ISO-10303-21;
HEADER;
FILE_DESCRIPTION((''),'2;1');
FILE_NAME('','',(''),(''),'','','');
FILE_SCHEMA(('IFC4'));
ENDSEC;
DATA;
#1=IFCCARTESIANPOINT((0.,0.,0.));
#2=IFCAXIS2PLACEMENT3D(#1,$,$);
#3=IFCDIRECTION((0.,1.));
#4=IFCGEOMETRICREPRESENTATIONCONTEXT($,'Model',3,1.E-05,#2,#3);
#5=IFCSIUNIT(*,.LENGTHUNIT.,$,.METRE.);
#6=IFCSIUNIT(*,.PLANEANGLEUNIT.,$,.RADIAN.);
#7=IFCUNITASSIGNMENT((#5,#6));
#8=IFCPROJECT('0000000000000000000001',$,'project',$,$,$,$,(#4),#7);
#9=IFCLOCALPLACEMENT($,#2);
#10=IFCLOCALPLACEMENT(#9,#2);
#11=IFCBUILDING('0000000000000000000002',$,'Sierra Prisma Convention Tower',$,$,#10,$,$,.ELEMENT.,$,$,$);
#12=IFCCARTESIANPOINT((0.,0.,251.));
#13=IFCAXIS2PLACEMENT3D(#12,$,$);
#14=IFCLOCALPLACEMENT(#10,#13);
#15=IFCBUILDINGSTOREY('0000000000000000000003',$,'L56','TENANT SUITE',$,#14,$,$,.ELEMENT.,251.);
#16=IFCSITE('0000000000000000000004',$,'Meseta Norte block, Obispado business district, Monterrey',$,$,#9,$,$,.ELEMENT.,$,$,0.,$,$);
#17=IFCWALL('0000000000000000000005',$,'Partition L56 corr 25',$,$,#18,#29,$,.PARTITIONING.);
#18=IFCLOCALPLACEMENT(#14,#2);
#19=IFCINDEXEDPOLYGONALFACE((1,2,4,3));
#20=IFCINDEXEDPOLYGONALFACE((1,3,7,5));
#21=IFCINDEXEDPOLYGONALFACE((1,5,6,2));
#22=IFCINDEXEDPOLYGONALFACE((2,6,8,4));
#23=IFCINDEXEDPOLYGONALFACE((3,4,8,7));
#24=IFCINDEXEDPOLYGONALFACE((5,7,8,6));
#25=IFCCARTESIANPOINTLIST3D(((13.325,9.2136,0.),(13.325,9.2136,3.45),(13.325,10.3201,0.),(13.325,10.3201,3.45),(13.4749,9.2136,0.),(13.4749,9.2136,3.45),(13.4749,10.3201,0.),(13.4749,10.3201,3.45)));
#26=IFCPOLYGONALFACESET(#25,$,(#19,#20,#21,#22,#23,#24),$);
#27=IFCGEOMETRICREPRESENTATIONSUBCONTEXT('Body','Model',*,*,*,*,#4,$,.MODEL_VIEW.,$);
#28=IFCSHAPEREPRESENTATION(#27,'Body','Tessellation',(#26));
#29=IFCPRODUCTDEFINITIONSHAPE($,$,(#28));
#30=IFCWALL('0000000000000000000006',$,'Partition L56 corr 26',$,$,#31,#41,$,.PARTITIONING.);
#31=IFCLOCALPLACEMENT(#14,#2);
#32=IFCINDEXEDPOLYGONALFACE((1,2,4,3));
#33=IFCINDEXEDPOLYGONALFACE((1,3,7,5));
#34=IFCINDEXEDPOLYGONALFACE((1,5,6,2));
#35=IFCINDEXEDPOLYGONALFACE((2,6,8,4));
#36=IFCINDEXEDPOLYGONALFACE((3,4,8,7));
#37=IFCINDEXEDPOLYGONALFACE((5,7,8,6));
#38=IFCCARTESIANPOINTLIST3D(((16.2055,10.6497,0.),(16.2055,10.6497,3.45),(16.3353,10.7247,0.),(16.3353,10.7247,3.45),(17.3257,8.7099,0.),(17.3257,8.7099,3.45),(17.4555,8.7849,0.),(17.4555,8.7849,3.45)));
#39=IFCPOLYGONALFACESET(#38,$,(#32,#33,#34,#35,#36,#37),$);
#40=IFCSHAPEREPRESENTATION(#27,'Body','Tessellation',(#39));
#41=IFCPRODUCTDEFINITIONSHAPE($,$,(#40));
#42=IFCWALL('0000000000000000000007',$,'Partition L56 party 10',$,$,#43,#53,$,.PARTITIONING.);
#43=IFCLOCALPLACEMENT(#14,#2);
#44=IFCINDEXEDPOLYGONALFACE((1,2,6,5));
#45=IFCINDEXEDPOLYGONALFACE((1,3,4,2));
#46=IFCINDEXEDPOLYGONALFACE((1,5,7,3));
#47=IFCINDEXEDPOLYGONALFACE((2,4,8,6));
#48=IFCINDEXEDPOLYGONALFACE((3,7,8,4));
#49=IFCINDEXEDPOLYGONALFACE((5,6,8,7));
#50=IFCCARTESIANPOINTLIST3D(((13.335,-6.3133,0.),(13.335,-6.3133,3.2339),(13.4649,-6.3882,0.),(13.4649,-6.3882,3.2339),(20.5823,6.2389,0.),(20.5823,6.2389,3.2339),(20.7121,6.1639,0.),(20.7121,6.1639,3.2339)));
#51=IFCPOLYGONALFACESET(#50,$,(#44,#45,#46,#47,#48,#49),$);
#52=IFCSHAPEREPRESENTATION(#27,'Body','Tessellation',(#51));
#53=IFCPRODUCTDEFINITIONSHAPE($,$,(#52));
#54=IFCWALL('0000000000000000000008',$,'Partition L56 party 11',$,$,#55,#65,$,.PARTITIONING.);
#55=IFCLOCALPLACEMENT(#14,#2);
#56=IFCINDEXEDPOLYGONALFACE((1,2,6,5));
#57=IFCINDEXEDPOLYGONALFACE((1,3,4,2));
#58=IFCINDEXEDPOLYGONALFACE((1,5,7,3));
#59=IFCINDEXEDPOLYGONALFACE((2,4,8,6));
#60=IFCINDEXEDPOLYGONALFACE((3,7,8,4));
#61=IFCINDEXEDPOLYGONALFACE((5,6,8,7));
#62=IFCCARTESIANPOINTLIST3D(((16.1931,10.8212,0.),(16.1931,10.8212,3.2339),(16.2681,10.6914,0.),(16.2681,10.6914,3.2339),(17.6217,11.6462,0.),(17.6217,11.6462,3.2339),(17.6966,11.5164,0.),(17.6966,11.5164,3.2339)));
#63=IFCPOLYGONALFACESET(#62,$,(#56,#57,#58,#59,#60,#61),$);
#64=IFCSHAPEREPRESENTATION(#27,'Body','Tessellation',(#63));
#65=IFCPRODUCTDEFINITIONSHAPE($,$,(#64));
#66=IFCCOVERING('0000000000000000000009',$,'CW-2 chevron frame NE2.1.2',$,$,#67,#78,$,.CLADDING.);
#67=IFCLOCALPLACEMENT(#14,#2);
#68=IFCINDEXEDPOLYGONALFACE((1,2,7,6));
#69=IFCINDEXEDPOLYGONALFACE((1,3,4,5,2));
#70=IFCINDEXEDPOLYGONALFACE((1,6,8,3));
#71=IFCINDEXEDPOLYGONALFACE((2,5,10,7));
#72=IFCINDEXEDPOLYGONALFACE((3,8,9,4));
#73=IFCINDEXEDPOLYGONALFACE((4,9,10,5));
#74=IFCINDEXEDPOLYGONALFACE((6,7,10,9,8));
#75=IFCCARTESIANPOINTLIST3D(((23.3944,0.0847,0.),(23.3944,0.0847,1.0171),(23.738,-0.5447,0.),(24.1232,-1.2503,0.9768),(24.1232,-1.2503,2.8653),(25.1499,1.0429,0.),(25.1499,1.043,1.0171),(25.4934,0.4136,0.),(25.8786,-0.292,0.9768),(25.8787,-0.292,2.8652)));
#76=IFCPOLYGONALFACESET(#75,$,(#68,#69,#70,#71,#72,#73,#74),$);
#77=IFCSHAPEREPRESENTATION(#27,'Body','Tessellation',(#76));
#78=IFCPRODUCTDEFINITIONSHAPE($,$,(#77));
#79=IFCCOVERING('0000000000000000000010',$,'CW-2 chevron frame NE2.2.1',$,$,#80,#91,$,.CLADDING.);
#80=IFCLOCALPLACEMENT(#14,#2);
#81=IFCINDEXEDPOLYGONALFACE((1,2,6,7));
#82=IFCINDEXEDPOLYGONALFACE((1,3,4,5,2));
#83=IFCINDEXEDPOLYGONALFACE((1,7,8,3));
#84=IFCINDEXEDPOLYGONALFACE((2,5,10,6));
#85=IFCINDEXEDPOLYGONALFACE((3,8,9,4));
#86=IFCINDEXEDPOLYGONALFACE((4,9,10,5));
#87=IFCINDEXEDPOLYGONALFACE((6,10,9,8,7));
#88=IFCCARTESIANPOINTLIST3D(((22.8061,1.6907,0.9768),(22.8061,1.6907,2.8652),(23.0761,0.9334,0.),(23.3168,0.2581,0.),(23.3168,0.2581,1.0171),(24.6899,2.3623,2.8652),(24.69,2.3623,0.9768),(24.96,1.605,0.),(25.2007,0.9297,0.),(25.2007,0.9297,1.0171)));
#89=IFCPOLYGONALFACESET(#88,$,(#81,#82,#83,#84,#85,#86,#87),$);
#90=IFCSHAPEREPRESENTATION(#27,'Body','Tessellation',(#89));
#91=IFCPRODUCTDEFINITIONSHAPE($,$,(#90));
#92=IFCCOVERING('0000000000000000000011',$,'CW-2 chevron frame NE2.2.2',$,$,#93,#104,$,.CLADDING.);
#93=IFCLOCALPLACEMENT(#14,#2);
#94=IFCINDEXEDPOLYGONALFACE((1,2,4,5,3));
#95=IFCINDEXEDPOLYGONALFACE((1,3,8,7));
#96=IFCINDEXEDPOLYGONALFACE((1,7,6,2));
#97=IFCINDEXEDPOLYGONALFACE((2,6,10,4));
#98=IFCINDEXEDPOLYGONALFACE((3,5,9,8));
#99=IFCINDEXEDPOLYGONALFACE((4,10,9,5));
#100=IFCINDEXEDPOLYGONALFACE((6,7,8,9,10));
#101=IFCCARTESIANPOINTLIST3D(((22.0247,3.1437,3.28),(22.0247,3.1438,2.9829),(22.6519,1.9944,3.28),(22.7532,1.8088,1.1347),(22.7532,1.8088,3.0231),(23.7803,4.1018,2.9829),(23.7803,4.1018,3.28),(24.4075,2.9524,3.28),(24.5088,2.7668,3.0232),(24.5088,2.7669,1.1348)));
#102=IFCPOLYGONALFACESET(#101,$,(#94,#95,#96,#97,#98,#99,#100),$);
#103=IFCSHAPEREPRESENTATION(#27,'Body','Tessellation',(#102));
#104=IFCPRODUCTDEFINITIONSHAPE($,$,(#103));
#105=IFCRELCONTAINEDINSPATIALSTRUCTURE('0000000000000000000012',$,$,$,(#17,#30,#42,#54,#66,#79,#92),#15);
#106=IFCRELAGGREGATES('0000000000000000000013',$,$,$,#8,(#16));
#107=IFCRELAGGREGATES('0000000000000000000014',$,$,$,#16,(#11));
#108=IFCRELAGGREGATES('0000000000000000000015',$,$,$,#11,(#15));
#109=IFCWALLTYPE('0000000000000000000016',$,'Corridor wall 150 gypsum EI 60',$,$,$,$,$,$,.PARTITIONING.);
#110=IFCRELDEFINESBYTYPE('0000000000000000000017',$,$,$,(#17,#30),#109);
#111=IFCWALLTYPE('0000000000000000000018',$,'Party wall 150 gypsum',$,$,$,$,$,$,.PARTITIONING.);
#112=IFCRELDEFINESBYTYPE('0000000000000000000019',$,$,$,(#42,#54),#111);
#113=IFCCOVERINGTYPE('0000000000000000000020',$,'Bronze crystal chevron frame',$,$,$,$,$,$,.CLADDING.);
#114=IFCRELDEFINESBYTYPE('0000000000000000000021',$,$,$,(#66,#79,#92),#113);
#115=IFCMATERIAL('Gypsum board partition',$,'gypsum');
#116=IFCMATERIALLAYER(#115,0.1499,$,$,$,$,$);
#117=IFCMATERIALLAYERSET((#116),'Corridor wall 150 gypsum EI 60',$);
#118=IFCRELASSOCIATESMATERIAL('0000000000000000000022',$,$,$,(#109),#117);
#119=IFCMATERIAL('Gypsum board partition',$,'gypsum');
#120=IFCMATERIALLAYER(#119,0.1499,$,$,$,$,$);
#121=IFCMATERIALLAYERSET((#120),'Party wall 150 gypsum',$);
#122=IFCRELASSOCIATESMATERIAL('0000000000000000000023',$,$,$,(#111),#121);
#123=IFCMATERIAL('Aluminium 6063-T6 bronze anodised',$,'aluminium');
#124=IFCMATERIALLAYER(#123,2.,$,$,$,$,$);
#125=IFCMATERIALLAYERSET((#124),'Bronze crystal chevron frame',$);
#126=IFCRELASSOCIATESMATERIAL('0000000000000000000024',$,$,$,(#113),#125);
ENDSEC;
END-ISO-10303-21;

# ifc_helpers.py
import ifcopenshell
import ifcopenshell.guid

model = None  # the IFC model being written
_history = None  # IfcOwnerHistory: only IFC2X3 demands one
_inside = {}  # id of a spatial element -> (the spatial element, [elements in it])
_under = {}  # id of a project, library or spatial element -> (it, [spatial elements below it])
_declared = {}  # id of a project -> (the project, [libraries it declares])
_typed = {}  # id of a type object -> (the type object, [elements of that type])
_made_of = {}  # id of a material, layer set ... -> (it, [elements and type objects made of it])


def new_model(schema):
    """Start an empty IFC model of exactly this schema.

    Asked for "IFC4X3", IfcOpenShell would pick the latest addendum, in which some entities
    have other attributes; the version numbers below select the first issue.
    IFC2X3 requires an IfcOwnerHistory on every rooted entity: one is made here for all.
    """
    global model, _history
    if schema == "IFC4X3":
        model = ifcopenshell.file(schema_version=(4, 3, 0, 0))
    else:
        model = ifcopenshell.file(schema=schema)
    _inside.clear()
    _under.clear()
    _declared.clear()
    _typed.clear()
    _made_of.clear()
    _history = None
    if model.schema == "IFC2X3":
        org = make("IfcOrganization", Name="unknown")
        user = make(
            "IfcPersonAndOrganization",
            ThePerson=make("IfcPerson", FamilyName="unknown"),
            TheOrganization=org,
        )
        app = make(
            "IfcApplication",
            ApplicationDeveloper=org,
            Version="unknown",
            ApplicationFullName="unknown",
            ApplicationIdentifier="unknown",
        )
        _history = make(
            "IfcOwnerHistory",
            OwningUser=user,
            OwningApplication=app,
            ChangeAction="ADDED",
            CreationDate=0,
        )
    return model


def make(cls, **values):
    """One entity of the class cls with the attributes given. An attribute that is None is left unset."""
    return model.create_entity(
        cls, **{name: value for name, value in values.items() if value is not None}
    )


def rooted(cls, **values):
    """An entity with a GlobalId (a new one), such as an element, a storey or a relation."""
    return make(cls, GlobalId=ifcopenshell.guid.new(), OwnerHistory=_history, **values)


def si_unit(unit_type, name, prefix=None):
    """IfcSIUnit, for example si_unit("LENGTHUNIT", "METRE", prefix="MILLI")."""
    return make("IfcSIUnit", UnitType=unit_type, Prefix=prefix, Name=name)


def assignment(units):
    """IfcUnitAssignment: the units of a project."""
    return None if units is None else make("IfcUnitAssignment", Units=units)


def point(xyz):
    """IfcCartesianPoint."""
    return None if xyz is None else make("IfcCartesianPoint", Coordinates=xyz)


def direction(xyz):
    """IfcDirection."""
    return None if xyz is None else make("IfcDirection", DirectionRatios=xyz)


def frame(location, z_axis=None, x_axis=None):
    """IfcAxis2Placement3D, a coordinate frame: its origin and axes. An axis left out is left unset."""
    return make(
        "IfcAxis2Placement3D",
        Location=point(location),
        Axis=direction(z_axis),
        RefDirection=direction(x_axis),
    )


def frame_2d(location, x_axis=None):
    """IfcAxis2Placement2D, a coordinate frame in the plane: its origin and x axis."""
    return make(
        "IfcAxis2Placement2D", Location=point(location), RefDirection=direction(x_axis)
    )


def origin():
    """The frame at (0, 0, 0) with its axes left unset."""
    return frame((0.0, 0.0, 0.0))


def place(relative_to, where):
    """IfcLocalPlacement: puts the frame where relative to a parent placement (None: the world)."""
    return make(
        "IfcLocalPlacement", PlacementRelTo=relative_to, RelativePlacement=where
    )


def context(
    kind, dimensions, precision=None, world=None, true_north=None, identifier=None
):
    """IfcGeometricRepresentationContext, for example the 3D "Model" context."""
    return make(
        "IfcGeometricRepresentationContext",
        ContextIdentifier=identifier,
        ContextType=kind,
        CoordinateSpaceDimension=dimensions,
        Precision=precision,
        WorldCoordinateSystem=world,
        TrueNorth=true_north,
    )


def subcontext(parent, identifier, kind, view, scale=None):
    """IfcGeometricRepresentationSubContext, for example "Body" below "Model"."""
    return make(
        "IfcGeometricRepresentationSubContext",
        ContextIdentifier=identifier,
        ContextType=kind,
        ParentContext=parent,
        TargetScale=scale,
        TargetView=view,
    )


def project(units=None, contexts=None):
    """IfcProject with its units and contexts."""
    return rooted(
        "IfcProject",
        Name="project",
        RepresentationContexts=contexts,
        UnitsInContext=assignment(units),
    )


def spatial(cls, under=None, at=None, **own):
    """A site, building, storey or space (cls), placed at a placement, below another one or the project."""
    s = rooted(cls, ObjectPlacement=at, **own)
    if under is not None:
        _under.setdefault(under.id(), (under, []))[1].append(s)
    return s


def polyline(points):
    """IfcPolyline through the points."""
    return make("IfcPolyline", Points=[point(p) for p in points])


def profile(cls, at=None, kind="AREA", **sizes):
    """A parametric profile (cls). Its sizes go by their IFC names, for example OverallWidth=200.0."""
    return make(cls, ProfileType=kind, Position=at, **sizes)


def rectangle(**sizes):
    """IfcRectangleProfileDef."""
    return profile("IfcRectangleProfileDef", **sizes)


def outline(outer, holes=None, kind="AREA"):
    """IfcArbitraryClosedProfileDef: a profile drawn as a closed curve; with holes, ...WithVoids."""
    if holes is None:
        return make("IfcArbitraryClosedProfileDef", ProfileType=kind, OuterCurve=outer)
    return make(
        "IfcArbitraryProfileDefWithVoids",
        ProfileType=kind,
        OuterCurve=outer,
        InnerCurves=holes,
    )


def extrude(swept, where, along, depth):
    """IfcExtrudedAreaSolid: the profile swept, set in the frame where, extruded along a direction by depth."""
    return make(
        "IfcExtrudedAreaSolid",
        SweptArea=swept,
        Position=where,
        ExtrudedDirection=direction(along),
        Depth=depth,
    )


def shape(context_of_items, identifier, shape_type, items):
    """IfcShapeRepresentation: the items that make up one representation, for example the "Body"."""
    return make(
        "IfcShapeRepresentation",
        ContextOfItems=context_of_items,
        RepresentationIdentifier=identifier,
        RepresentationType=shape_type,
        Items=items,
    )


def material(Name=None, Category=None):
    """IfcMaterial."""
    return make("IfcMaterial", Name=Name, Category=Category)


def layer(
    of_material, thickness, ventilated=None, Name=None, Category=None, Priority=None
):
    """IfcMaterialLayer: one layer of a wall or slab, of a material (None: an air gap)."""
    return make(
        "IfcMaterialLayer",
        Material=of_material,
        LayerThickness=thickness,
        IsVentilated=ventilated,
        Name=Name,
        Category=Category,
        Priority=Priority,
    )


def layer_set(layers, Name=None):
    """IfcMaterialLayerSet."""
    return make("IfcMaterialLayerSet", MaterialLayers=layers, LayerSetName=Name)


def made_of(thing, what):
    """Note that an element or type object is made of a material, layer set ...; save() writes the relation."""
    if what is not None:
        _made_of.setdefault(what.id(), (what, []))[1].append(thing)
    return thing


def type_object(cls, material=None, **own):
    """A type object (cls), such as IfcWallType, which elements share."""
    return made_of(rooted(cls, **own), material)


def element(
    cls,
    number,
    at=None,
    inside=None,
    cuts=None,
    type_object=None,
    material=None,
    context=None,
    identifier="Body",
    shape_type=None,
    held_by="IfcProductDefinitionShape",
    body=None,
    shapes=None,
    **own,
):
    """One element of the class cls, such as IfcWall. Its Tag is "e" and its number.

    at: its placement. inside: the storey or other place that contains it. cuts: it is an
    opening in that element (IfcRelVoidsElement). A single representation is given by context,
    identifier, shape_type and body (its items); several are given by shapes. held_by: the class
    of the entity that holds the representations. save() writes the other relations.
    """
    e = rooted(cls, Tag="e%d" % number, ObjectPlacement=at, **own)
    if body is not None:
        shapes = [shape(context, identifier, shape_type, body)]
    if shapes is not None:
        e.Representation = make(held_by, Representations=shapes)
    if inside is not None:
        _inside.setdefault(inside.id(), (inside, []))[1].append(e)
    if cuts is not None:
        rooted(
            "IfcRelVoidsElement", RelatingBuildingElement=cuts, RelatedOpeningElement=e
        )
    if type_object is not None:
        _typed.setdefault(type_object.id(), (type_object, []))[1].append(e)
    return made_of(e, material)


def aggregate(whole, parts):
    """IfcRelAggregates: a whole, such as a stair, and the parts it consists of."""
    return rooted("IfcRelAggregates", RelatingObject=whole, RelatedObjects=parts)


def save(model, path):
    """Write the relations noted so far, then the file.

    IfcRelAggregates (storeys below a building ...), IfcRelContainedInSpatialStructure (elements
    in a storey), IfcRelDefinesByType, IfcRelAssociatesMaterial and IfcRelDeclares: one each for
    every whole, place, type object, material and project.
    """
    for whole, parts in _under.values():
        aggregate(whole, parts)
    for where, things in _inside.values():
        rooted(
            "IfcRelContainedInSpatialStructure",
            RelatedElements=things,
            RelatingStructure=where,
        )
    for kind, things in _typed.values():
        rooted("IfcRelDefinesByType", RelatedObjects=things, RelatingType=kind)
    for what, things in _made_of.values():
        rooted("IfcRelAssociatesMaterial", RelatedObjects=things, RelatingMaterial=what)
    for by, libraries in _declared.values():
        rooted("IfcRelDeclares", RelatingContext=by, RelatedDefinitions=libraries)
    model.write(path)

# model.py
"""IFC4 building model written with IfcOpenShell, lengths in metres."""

from ifc_helpers import new_model, si_unit, direction, frame, frame_2d, origin, place, context, subcontext, project, spatial, polyline, rectangle, outline, extrude, material, layer, layer_set, type_object, element, save


model = new_model("IFC4")

# Units and contexts
model_context = context("Model", 3, precision=1e-05, world=origin(), true_north=direction((0.0, 1.0)))
body_context = subcontext(model_context, "Body", "Model", "MODEL_VIEW")
ifc_project = project(units=[si_unit("LENGTHUNIT", "METRE"), si_unit("PLANEANGLEUNIT", "RADIAN")], contexts=[model_context])

# Site, building, storey
site_placement = place(None, origin())
site = spatial("IfcSite", under=ifc_project, at=site_placement, Name="Meseta Norte block, Obispado business district, Monterrey", CompositionType="ELEMENT", RefElevation=0.0)
building_placement = place(site_placement, origin())
building = spatial("IfcBuilding", under=site, at=building_placement, Name="Sierra Prisma Convention Tower", CompositionType="ELEMENT")
storey_placement = place(building_placement, frame((0.0, 0.0, 251.0)))
storey = spatial("IfcBuildingStorey", under=building, at=storey_placement, Name="L56", Description="TENANT SUITE", CompositionType="ELEMENT", Elevation=251.0)

# Walls
ifc_material_1 = material(Name="Gypsum board partition", Category="gypsum")
ifc_layer_1 = layer(ifc_material_1, 0.1499)
ifc_layer_set_1 = layer_set([ifc_layer_1], Name="Corridor wall 150 gypsum EI 60")
wall_type_1 = type_object("IfcWallType", Name="Corridor wall 150 gypsum EI 60", PredefinedType="PARTITIONING", material=ifc_layer_set_1)
wall_1_placement = place(storey_placement, frame((13.3999, 9.2136, 0.0), z_axis=(0.0, 0.0, 1.0), x_axis=(0.0, 1.0, 0.0)))
element("IfcWall", 1, at=wall_1_placement, inside=storey, type_object=wall_type_1, Name="Partition L56 corr 25", PredefinedType="PARTITIONING", context=body_context, shape_type="SweptSolid", body=[
    extrude(rectangle(XDim=1.1064, YDim=0.1499, at=frame_2d((0.5532, 0.0))), origin(), (0.0, 0.0, 1.0), 3.45),
])
wall_2_placement = place(storey_placement, frame((17.3906, 8.7473, 0.0), z_axis=(0.0, 0.0, 1.0), x_axis=(-0.500078, 0.86598, 0.0)))
element("IfcWall", 2, at=wall_2_placement, inside=storey, type_object=wall_type_1, Name="Partition L56 corr 26", PredefinedType="PARTITIONING", context=body_context, shape_type="SweptSolid", body=[
    extrude(rectangle(XDim=2.24, YDim=0.1499, at=frame_2d((1.1201, 0.0))), origin(), (0.0, 0.0, 1.0), 3.45),
])
ifc_material_2 = material(Name="Gypsum board partition", Category="gypsum")
ifc_layer_2 = layer(ifc_material_2, 0.1499)
ifc_layer_set_2 = layer_set([ifc_layer_2], Name="Party wall 150 gypsum")
wall_type_2 = type_object("IfcWallType", Name="Party wall 150 gypsum", PredefinedType="PARTITIONING", material=ifc_layer_set_2)
wall_3_placement = place(storey_placement, frame((20.6472, 6.2014, 0.0), z_axis=(0.0, 0.0, 1.0), x_axis=(-0.500014, -0.866017, 0.0)))
element("IfcWall", 3, at=wall_3_placement, inside=storey, type_object=wall_type_2, Name="Partition L56 party 10", PredefinedType="PARTITIONING", context=body_context, shape_type="SweptSolid", body=[
    extrude(rectangle(XDim=14.4941, YDim=0.1499, at=frame_2d((7.2471, 0.0))), origin(), (0.0, 0.0, 1.0), 3.2339),
])
wall_4_placement = place(storey_placement, frame((16.2307, 10.7563, 0.0), z_axis=(0.0, 0.0, 1.0), x_axis=(0.865966, 0.500103, 0.0)))
element("IfcWall", 4, at=wall_4_placement, inside=storey, type_object=wall_type_2, Name="Partition L56 party 11", PredefinedType="PARTITIONING", context=body_context, shape_type="SweptSolid", body=[
    extrude(rectangle(XDim=1.6497, YDim=0.1499, at=frame_2d((0.8247, 0.0))), origin(), (0.0, 0.0, 1.0), 3.2339),
])

# Coverings
ifc_material_3 = material(Name="Aluminium 6063-T6 bronze anodised", Category="aluminium")
ifc_layer_3 = layer(ifc_material_3, 2.0)
ifc_layer_set_3 = layer_set([ifc_layer_3], Name="Bronze crystal chevron frame")
covering_type = type_object("IfcCoveringType", Name="Bronze crystal chevron frame", PredefinedType="CLADDING", material=ifc_layer_set_3)
covering_1_placement = place(storey_placement, frame((25.8787, -0.292, 2.8652), z_axis=(0.877737, 0.479144, -0.000022), x_axis=(-0.000019, -0.00001, -1.0)))
element("IfcCovering", 5, at=covering_1_placement, inside=storey, type_object=covering_type, Name="CW-2 chevron frame NE2.1.2", PredefinedType="CLADDING", context=body_context, shape_type="SweptSolid", body=[
    extrude(outline(polyline([(0.0, 0.0), (1.8884, 0.0), (2.8652, 0.8039), (2.8652, 1.5209), (1.8481, 1.5209), (0.0, 0.0)])), origin(), (0.0, 0.0, -1.0), 2.0),
])
covering_2_placement = place(storey_placement, frame((24.96, 1.605, 0.0), z_axis=(0.941932, 0.335803, 0.000007), x_axis=(-0.213413, 0.59861, 0.772088)))
element("IfcCovering", 6, at=covering_2_placement, inside=storey, type_object=covering_type, Name="CW-2 chevron frame NE2.2.1", PredefinedType="CLADDING", context=body_context, shape_type="SweptSolid", body=[
    extrude(outline(polyline([(0.0, 0.0), (1.2651, 0.0), (2.7232, 1.2001), (0.3297, 1.1999), (-0.4556, 0.5535), (0.0, 0.0)])), origin(), (0.0, 0.0, -1.0), 2.0),
])
covering_3_placement = place(storey_placement, frame((23.7803, 4.1018, 3.28), z_axis=(0.877799, 0.479029, 0.000022), x_axis=(0.479029, -0.877799, 0.0)))
element("IfcCovering", 7, at=covering_3_placement, inside=storey, type_object=covering_type, Name="CW-2 chevron frame NE2.2.2", PredefinedType="CLADDING", context=body_context, shape_type="SweptSolid", body=[
    extrude(outline(polyline([(0.0, 0.0), (1.3094, 0.0), (1.5208, 0.2568), (1.5208, 2.1453), (0.0, 0.2971), (0.0, 0.0)])), origin(), (0.0, 0.0, -1.0), 2.0),
])

save(model, "model.ifc")
